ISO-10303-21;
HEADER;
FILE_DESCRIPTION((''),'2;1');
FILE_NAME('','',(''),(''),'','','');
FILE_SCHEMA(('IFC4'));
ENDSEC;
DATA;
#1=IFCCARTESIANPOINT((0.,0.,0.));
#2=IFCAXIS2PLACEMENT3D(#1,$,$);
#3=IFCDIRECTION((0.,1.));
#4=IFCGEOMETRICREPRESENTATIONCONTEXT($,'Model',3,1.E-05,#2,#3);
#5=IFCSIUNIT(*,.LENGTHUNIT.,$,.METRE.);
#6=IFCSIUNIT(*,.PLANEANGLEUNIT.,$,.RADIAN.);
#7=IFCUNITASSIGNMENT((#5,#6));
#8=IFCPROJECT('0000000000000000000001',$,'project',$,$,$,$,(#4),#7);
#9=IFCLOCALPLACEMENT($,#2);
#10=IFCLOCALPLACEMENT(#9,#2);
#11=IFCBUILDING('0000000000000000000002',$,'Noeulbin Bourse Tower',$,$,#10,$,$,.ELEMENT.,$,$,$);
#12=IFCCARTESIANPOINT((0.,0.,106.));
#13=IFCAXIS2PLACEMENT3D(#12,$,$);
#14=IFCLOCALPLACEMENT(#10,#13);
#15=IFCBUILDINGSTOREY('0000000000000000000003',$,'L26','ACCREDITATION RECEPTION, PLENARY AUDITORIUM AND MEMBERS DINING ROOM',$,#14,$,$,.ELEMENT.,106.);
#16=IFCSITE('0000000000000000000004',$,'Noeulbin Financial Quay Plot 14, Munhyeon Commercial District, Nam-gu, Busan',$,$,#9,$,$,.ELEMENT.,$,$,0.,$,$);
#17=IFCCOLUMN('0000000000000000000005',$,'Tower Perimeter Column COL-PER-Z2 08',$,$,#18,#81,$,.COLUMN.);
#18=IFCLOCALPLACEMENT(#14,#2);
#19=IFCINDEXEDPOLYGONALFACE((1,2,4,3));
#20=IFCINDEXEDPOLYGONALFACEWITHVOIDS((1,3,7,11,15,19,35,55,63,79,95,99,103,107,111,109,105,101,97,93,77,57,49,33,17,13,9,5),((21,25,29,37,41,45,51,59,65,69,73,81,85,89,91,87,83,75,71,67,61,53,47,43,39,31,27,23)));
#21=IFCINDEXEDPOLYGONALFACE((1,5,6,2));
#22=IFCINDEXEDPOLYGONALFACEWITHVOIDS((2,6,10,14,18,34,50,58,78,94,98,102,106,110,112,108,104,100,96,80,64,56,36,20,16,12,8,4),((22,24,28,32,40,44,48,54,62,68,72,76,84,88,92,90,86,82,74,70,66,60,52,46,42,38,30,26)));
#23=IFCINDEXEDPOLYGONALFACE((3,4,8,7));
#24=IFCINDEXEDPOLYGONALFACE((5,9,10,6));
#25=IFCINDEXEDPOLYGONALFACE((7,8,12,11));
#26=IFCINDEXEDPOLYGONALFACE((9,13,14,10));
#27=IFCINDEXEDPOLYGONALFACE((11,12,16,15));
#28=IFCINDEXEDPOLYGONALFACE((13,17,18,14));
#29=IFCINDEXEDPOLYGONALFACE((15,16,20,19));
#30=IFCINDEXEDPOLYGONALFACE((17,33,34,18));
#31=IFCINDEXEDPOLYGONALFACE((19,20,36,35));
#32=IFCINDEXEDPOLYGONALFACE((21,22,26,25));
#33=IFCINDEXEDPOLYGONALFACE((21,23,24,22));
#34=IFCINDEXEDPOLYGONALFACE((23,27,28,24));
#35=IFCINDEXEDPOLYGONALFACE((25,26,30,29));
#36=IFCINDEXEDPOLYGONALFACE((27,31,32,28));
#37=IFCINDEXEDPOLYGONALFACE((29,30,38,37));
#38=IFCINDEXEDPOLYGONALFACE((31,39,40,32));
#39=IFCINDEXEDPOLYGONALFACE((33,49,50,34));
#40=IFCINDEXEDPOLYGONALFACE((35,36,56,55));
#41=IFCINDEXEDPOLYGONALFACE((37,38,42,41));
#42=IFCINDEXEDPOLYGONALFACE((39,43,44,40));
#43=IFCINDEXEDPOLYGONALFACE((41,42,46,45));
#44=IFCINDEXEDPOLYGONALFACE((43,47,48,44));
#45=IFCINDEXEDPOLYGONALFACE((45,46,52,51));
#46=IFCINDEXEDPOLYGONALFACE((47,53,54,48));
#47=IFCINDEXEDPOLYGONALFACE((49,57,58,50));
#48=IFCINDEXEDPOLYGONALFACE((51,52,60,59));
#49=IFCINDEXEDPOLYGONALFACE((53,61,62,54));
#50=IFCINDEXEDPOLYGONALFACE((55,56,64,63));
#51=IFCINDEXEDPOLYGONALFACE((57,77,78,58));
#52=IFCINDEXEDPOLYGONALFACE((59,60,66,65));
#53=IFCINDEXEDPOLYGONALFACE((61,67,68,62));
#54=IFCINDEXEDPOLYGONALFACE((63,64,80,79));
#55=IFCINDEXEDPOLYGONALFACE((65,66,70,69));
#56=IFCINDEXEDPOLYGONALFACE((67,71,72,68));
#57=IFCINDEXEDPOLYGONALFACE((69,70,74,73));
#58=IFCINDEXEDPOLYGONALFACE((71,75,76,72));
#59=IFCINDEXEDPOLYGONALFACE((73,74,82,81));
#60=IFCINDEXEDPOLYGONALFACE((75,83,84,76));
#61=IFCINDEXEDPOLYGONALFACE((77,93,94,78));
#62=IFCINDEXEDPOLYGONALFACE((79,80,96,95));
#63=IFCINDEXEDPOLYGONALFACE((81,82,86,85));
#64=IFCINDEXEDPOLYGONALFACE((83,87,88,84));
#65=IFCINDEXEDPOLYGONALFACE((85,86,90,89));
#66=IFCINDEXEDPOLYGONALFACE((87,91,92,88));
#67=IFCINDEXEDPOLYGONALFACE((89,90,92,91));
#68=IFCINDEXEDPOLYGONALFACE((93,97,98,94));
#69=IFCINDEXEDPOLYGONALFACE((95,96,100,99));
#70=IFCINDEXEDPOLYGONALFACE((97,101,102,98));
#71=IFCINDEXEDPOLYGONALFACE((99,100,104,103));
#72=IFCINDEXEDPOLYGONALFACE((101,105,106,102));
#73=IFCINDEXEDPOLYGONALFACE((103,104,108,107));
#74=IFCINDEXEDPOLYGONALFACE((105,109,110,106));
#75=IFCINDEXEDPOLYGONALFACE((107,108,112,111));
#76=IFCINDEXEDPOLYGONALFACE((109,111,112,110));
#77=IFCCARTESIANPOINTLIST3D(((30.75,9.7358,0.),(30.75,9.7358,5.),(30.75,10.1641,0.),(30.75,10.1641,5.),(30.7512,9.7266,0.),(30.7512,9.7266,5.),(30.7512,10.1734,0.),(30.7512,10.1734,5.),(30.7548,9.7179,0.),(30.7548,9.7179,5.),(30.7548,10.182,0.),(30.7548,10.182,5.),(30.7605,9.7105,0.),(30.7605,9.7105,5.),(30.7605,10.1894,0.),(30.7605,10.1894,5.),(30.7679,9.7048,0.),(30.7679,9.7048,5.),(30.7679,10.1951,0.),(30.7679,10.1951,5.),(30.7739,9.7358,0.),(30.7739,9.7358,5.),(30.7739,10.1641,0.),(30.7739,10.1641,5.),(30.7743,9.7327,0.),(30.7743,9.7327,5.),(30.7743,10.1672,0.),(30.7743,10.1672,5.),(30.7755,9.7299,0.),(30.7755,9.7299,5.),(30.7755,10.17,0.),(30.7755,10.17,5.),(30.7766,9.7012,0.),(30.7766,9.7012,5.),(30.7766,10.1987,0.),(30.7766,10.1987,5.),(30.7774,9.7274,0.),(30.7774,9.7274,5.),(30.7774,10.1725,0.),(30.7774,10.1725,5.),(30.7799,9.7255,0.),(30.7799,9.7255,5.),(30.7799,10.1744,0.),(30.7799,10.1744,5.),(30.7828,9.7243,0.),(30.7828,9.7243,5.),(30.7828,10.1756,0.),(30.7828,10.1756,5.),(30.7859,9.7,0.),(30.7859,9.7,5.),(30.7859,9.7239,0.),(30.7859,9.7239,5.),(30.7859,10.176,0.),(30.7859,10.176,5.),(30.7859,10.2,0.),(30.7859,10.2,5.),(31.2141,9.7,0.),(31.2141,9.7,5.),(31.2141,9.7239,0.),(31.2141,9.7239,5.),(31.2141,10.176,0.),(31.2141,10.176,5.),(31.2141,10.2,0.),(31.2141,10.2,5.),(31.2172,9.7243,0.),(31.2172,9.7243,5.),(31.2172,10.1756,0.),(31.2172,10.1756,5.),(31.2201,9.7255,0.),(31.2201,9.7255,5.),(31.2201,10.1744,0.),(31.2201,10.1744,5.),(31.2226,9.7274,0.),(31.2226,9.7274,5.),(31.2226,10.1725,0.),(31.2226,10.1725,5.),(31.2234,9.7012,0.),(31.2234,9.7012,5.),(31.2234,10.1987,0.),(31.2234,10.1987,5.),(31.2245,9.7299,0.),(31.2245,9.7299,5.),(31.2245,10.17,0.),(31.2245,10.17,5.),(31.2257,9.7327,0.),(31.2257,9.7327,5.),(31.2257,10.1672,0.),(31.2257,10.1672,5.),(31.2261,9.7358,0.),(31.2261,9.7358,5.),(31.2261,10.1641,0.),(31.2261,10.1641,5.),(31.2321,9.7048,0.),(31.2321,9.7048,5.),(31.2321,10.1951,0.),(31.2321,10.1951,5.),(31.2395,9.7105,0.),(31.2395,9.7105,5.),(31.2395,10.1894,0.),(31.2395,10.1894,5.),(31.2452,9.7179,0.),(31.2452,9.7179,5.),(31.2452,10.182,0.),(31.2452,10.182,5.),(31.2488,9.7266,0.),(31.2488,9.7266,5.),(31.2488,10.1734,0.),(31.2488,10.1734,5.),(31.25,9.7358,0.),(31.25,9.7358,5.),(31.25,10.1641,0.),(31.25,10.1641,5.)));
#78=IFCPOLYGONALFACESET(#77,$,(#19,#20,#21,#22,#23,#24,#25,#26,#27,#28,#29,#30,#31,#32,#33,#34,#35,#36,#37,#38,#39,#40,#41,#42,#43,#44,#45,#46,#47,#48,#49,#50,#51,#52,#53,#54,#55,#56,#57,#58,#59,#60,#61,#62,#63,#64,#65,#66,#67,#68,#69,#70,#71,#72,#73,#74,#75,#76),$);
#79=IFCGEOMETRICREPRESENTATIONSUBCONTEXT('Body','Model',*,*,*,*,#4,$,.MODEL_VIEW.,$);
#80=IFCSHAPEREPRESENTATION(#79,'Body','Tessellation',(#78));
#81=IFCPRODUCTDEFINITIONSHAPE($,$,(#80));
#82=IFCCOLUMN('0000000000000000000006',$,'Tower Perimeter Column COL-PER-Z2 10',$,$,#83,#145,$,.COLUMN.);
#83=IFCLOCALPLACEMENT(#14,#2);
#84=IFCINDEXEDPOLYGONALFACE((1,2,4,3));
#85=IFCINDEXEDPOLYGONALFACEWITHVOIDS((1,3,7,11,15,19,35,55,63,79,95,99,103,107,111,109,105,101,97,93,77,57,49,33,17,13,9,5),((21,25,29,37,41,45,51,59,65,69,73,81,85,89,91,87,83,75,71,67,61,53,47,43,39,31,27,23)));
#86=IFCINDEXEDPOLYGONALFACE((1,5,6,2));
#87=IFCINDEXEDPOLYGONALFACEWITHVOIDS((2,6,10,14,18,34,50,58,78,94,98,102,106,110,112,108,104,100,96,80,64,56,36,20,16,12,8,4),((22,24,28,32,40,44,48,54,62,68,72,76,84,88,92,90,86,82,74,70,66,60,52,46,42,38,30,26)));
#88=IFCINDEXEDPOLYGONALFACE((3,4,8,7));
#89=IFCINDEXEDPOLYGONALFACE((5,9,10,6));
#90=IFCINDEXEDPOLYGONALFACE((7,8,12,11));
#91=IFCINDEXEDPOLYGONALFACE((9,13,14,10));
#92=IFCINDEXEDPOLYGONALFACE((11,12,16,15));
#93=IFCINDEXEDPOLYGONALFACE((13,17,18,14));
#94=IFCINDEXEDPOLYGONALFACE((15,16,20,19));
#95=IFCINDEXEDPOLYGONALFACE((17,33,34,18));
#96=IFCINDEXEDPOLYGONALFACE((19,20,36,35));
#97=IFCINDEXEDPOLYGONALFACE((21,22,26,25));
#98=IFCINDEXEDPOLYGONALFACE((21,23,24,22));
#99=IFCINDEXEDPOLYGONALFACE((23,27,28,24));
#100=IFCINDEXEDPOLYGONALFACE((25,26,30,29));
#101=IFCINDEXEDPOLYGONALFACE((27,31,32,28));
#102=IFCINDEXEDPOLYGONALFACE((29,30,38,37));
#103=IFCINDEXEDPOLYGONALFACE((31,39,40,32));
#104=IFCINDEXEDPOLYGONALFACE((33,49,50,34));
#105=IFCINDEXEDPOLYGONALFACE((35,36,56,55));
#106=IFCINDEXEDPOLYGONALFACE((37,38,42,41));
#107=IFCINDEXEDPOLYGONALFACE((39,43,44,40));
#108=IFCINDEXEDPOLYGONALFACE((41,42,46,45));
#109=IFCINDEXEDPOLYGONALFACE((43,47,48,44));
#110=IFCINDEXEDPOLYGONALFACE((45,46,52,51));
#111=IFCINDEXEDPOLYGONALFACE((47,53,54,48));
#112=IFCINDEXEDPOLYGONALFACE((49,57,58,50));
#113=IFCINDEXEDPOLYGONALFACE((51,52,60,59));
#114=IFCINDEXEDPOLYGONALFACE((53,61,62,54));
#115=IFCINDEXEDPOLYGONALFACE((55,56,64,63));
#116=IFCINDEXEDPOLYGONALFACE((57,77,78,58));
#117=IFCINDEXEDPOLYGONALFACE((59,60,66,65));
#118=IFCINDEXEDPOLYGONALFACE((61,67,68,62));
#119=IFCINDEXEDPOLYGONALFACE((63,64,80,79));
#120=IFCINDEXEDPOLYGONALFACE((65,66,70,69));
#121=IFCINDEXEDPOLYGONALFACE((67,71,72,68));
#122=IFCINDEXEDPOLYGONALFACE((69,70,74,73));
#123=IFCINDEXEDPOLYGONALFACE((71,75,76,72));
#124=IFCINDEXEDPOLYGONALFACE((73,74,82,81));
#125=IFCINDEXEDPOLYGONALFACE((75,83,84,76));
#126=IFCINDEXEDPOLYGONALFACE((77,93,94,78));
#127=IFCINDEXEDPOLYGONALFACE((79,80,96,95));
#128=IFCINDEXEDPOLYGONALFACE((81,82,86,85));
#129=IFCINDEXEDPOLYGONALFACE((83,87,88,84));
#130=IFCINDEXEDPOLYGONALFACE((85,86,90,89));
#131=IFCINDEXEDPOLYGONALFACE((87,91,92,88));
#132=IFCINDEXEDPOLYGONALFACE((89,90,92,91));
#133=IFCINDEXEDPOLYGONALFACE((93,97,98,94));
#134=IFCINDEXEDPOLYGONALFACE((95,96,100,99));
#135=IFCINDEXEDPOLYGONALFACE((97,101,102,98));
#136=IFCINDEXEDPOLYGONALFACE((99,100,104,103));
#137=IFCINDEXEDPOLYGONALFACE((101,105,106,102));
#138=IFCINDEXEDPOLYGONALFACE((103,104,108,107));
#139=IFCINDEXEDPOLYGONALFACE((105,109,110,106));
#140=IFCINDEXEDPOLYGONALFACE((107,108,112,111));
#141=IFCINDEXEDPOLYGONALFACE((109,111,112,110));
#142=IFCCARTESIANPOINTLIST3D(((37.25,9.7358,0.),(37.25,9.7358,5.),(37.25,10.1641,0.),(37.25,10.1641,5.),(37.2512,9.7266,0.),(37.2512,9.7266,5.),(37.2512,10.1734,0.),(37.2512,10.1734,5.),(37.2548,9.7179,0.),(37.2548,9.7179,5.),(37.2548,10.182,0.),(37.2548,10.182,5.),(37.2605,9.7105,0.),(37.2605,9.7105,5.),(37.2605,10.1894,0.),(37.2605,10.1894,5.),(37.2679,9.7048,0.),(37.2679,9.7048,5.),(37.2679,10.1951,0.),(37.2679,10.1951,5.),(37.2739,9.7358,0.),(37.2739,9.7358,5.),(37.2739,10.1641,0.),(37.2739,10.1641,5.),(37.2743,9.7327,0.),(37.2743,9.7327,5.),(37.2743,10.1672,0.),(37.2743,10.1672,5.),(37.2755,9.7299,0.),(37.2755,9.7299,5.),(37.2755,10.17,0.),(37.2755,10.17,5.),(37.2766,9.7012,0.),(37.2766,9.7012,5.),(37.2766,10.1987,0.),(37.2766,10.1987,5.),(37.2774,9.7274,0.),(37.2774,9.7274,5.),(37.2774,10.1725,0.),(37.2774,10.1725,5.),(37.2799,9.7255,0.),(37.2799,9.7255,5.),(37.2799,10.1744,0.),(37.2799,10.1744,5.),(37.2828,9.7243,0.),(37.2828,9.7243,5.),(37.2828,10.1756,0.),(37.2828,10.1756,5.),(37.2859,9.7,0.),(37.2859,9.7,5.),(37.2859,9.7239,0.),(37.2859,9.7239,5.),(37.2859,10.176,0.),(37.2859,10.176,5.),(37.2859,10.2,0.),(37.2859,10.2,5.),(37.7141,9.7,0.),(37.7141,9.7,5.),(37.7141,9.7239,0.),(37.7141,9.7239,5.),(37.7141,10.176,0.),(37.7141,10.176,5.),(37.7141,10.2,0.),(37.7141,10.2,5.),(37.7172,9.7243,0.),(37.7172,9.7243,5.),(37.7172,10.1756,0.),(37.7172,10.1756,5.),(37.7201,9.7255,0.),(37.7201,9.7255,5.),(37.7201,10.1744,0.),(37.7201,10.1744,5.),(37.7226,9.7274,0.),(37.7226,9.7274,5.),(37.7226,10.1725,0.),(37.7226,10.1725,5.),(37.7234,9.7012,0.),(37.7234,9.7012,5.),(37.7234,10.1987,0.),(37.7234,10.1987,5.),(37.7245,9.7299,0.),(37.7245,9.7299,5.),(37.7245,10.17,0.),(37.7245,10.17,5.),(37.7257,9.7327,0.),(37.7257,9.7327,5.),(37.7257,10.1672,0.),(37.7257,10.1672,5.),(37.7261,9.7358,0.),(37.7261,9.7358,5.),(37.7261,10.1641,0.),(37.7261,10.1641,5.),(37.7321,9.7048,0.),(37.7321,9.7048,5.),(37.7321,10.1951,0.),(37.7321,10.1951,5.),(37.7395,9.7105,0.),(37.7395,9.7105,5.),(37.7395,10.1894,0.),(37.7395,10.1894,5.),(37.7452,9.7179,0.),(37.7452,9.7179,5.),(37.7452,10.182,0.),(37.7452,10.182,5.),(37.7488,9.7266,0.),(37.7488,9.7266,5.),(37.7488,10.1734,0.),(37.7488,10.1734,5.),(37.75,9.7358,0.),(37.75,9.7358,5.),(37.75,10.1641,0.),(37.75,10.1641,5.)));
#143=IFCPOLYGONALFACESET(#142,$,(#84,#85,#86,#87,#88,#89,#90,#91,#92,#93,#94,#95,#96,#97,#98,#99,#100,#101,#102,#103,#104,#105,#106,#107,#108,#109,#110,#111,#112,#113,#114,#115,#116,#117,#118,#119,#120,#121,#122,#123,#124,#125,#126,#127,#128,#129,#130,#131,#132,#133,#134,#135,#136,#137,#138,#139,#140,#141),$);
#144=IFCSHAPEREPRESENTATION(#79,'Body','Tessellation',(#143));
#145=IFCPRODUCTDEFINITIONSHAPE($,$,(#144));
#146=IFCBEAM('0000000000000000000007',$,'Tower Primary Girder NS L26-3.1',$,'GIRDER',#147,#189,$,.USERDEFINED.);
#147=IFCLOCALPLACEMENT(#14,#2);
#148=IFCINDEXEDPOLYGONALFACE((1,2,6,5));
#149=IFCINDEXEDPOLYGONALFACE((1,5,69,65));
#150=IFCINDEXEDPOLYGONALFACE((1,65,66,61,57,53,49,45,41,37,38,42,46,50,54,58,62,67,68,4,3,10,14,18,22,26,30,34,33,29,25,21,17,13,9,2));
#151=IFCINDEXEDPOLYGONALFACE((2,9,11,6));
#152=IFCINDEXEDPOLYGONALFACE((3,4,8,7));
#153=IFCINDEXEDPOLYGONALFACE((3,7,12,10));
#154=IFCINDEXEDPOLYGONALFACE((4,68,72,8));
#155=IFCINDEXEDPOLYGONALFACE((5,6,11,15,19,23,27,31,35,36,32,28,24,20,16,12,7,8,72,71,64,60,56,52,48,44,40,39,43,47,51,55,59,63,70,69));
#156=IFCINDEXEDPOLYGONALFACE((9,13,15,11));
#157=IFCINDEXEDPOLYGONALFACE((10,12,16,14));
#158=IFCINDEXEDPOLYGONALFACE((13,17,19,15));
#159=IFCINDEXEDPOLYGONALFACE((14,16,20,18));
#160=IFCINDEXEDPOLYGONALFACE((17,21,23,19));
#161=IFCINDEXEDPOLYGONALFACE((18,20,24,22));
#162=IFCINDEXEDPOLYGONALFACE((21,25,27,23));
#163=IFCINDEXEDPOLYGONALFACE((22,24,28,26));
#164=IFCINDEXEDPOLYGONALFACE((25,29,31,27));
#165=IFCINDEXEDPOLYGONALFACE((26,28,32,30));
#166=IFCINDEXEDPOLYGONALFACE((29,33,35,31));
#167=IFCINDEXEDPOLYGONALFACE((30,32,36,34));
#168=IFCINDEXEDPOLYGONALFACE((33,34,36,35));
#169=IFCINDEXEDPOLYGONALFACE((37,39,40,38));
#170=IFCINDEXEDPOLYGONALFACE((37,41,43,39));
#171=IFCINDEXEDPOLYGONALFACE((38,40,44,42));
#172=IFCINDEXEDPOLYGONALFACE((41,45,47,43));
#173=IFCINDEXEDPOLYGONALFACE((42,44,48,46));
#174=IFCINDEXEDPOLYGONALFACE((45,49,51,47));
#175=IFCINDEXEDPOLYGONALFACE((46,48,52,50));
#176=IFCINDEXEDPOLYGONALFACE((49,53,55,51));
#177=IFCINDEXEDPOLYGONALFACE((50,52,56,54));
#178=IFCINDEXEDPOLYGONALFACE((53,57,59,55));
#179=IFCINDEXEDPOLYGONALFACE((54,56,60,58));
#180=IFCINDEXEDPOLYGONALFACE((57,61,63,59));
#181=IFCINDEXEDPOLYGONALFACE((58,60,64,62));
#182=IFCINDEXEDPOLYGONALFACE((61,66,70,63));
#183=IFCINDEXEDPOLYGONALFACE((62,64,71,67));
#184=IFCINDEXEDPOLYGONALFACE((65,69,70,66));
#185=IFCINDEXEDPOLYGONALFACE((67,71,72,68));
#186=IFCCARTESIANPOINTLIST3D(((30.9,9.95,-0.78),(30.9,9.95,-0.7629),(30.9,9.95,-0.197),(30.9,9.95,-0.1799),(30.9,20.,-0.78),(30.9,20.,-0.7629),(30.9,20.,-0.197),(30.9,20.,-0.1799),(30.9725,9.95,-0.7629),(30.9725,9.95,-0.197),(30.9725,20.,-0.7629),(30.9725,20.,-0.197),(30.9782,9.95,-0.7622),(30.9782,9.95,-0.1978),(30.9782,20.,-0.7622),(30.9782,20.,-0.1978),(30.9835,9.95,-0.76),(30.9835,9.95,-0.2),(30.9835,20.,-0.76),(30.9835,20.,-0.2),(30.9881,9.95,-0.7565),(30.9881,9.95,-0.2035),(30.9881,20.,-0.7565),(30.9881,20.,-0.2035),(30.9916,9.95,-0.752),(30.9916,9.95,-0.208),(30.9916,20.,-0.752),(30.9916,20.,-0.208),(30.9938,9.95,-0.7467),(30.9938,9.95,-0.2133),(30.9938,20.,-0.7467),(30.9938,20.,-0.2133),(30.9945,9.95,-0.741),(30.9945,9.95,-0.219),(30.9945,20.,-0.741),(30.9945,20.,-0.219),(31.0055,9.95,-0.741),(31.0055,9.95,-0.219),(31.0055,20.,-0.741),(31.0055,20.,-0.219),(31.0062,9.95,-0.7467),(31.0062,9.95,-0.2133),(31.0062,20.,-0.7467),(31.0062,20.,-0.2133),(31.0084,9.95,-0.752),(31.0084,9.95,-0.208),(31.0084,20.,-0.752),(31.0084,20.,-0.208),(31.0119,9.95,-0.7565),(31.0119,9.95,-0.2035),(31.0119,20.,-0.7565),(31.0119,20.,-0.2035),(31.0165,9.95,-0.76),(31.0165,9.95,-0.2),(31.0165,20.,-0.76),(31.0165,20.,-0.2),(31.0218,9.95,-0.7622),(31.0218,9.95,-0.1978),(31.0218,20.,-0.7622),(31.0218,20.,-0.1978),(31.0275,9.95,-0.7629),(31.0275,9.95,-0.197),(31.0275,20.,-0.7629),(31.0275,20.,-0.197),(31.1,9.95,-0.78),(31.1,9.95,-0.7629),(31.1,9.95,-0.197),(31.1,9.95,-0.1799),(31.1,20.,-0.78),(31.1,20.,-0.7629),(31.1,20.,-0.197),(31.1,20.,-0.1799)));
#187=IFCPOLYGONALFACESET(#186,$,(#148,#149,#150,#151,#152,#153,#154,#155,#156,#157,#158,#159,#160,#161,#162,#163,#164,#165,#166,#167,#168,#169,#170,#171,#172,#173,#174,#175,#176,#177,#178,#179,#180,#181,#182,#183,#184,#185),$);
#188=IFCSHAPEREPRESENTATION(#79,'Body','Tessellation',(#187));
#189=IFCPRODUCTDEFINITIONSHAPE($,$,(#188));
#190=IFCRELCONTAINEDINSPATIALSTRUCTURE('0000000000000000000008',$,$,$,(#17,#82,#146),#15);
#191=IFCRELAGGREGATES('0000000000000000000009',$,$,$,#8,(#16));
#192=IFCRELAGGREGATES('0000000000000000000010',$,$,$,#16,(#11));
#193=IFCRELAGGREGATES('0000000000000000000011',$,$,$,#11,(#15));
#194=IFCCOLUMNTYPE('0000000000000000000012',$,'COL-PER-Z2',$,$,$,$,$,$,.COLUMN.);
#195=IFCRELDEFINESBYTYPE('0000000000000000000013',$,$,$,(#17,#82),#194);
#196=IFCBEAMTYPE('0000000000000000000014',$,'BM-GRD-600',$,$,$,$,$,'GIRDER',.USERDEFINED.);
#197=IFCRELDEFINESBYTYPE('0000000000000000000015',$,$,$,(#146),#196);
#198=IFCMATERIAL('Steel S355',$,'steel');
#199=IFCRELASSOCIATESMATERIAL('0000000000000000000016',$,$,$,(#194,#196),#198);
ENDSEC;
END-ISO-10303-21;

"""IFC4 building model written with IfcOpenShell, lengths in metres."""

from ifc_helpers import new_model, si_unit, direction, frame, origin, origin_2d, place, context, subcontext, project, spatial, hollow_rectangle, i_section, extrude, material, material_profile, profile_set, type_object, element, save


model = new_model("IFC4")

# Units and contexts
model_context = context("Model", 3, precision=1e-05, world=origin(), true_north=direction((0.0, 1.0)))
body_context = subcontext(model_context, "Body", "Model", "MODEL_VIEW")
ifc_project = project(units=[si_unit("LENGTHUNIT", "METRE"), si_unit("PLANEANGLEUNIT", "RADIAN")], contexts=[model_context])

# Site, building, storey
site_placement = place(None, origin())
site = spatial("IfcSite", under=ifc_project, at=site_placement, Name="Noeulbin Financial Quay Plot 14, Munhyeon Commercial District, Nam-gu, Busan", CompositionType="ELEMENT", RefElevation=0.0)
building_placement = place(site_placement, origin())
building = spatial("IfcBuilding", under=site, at=building_placement, Name="Noeulbin Bourse Tower", CompositionType="ELEMENT")
storey_placement = place(building_placement, frame((0.0, 0.0, 106.0)))
storey = spatial("IfcBuildingStorey", under=building, at=storey_placement, Name="L26", Description="ACCREDITATION RECEPTION, PLENARY AUDITORIUM AND MEMBERS DINING ROOM", CompositionType="ELEMENT", Elevation=106.0)

# Columns
ifc_material_1 = material(Name="Steel S355", Category="steel")
ifc_material_profile_1 = material_profile(ifc_material_1, hollow_rectangle(XDim=0.5, YDim=0.5, WallThickness=0.0239, InnerFilletRadius=0.012, OuterFilletRadius=0.0359, at=origin_2d()), Name="BOX-500x500x24", Category="LoadBearing")
ifc_profile_set_1 = profile_set([ifc_material_profile_1], Name="Steel S355")
column_type = type_object("IfcColumnType", Name="COL-PER-Z2", PredefinedType="COLUMN", material=ifc_profile_set_1)
for number, where, z_axis, x_axis, name in (
    (1, (31.0, 9.95, 0.0), (0.0, 0.0, 1.0), (1.0, 0.0, 0.0), "Tower Perimeter Column COL-PER-Z2 08"),
    (2, (37.5, 9.95, 0.0), (0.0, 0.0, 1.0), (1.0, 0.0, 0.0), "Tower Perimeter Column COL-PER-Z2 10"),
):
    element("IfcColumn", number, at=place(storey_placement, frame(where, z_axis=z_axis, x_axis=x_axis)), inside=storey, type_object=column_type, Name=name, PredefinedType="COLUMN", context=body_context, shape_type="SweptSolid", body=[
        extrude(hollow_rectangle(XDim=0.5, YDim=0.5, WallThickness=0.0239, InnerFilletRadius=0.012, OuterFilletRadius=0.0359, at=origin_2d()), origin(), (0.0, 0.0, 1.0), 5.0),
    ])

# Beam
ifc_material_profile_2 = material_profile(ifc_material_1, i_section(OverallWidth=0.2, OverallDepth=0.6001, WebThickness=0.011, FlangeThickness=0.0171, FilletRadius=0.022, at=origin_2d()), Name="H-600x200x11x17", Category="LoadBearing")
ifc_profile_set_2 = profile_set([ifc_material_profile_2], Name="Steel S355")
beam_type_1 = type_object("IfcBeamType", Name="BM-GRD-600", ElementType="GIRDER", PredefinedType="USERDEFINED", material=ifc_profile_set_2)
beam_1_placement = place(storey_placement, frame((31.0, 9.95, -0.48), z_axis=(0.0, 1.0, 0.0), x_axis=(-1.0, 0.0, 0.0)))
element("IfcBeam", 3, at=beam_1_placement, inside=storey, type_object=beam_type_1, Name="Tower Primary Girder NS L26-3.1", ObjectType="GIRDER", PredefinedType="USERDEFINED", context=body_context, shape_type="SweptSolid", body=[
    extrude(i_section(OverallWidth=0.2, OverallDepth=0.6001, WebThickness=0.011, FlangeThickness=0.0171, FilletRadius=0.022, at=origin_2d()), origin(), (0.0, 0.0, 1.0), 10.05),
])

save(model, "model.ifc")
